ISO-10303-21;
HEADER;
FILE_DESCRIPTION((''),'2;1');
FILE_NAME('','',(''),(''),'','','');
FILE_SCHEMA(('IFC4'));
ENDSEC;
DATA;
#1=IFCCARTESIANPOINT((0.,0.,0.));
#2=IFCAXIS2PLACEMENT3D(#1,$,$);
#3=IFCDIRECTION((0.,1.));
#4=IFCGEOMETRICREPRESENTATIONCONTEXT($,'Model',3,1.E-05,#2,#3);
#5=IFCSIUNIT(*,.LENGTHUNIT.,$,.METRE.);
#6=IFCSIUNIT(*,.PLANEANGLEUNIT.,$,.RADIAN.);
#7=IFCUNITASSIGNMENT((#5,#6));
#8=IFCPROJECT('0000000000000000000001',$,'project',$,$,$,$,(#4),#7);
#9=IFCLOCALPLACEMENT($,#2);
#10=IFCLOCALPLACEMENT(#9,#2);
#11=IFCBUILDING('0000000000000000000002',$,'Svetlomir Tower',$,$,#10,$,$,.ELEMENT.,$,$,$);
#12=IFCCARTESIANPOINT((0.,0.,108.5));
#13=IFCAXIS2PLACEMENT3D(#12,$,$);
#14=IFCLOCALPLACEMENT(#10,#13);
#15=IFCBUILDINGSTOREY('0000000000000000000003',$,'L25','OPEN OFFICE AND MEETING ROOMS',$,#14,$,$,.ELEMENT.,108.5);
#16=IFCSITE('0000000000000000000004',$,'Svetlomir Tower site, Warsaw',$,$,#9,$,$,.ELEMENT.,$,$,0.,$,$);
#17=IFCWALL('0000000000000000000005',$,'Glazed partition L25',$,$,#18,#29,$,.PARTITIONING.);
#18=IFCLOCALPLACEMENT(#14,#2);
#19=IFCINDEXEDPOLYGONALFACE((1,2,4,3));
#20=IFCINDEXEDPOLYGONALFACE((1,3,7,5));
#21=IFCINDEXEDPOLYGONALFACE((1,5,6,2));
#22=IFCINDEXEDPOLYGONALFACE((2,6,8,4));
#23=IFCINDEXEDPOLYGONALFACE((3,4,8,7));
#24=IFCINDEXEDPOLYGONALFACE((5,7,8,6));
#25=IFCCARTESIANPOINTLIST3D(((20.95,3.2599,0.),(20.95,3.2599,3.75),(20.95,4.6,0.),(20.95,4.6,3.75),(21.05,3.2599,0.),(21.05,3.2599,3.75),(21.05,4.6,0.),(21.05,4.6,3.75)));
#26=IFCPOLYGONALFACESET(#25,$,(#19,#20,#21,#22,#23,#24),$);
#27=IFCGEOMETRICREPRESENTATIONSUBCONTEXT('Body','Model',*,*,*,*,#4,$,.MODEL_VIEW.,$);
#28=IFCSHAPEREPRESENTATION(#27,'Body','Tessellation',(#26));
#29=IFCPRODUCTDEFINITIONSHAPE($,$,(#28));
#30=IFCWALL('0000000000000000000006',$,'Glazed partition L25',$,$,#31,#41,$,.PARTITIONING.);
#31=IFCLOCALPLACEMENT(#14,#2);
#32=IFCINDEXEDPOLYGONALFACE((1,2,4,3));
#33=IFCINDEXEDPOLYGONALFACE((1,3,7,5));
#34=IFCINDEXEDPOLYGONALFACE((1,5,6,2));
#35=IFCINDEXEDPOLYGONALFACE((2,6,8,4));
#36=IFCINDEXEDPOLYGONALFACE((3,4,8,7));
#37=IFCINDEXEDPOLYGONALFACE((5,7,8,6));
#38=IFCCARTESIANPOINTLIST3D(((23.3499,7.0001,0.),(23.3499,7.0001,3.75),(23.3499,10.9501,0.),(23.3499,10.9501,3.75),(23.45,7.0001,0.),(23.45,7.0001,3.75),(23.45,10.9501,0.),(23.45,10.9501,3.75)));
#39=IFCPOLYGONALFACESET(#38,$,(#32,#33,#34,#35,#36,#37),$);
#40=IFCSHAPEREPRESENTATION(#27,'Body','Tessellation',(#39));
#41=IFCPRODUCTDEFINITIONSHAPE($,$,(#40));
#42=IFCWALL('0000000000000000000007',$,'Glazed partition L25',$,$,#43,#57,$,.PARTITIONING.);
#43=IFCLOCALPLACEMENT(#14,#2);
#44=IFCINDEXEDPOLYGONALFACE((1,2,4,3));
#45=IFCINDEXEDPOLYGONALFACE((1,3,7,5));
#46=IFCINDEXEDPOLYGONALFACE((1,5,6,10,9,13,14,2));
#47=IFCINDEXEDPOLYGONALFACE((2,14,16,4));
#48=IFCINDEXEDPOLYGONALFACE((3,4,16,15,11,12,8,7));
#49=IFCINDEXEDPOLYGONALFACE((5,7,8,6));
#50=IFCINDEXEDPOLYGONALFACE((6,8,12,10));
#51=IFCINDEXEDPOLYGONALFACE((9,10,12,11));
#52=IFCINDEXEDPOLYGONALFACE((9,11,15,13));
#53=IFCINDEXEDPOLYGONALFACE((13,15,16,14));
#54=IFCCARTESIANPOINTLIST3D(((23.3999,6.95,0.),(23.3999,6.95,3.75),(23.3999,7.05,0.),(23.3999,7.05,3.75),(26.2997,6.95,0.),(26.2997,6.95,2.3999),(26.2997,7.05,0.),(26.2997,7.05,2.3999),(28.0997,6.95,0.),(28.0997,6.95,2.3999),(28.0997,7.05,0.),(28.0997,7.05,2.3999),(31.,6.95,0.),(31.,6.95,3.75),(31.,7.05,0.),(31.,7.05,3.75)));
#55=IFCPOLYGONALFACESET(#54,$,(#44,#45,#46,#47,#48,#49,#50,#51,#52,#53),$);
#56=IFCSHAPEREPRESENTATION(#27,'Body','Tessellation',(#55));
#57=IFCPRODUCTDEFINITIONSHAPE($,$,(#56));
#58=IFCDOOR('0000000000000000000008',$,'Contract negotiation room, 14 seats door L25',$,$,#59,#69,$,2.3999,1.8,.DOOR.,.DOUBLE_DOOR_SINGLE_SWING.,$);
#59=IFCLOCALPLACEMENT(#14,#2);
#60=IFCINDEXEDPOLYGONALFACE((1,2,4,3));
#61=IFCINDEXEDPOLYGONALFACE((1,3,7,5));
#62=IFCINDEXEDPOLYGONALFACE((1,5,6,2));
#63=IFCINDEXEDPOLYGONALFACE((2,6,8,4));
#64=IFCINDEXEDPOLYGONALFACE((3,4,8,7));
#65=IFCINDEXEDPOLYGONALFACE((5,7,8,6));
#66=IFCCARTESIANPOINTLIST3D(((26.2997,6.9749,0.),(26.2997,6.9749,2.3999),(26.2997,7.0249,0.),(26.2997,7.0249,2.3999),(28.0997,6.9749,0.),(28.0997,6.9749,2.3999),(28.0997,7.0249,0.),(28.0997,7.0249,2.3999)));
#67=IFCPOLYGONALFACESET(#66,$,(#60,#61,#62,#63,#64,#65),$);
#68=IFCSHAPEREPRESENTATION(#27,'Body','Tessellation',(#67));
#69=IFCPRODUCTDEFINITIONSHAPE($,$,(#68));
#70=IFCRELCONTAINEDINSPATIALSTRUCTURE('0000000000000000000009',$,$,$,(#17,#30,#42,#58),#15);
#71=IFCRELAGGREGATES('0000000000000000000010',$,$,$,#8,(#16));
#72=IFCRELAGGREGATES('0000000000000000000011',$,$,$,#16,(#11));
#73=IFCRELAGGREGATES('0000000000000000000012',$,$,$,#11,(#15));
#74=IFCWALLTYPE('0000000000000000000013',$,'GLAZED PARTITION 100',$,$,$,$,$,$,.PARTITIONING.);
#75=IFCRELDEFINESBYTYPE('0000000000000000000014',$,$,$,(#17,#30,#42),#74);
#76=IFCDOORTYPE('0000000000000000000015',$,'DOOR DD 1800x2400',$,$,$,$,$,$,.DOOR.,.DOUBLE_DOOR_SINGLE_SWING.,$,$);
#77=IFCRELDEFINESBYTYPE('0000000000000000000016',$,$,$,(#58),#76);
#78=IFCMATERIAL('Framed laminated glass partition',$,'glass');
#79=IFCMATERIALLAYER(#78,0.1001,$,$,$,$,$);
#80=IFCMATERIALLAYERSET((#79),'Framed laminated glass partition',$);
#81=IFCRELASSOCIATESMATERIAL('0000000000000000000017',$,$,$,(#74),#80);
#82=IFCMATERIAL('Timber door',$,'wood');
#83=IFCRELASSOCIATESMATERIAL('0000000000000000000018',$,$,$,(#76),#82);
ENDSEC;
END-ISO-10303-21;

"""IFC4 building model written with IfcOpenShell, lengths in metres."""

from ifc_helpers import new_model, si_unit, direction, frame, frame_2d, origin, place, context, subcontext, project, spatial, rectangle, extrude, material, layer, layer_set, type_object, element, fill, save


model = new_model("IFC4")

# Units and contexts
model_context = context("Model", 3, precision=1e-05, world=origin(), true_north=direction((0.0, 1.0)))
body_context = subcontext(model_context, "Body", "Model", "MODEL_VIEW")
ifc_project = project(units=[si_unit("LENGTHUNIT", "METRE"), si_unit("PLANEANGLEUNIT", "RADIAN")], contexts=[model_context])

# Site, building, storey
site_placement = place(None, origin())
site = spatial("IfcSite", under=ifc_project, at=site_placement, Name="Svetlomir Tower site, Warsaw", CompositionType="ELEMENT", RefElevation=0.0)
building_placement = place(site_placement, origin())
building = spatial("IfcBuilding", under=site, at=building_placement, Name="Svetlomir Tower", CompositionType="ELEMENT")
storey_placement = place(building_placement, frame((0.0, 0.0, 108.5)))
storey = spatial("IfcBuildingStorey", under=building, at=storey_placement, Name="L25", Description="OPEN OFFICE AND MEETING ROOMS", CompositionType="ELEMENT", Elevation=108.5)

# Walls
ifc_material_1 = material(Name="Framed laminated glass partition", Category="glass")
ifc_layer_1 = layer(ifc_material_1, 0.1001)
ifc_layer_set_1 = layer_set([ifc_layer_1], Name="Framed laminated glass partition")
wall_type_1 = type_object("IfcWallType", Name="GLAZED PARTITION 100", PredefinedType="PARTITIONING", material=ifc_layer_set_1)
wall_1_placement = place(storey_placement, frame((21.0, 3.26, 0.0), z_axis=(0.0, 0.0, 1.0), x_axis=(0.0, 1.0, 0.0)))
element("IfcWall", 1, at=wall_1_placement, inside=storey, type_object=wall_type_1, Name="Glazed partition L25", PredefinedType="PARTITIONING", context=body_context, shape_type="SweptSolid", body=[
    extrude(rectangle(XDim=1.3401, YDim=0.1001, at=frame_2d((0.6699, 0.0))), origin(), (0.0, 0.0, 1.0), 3.75),
])
wall_2_placement = place(storey_placement, frame((23.3999, 7.0, 0.0), z_axis=(0.0, 0.0, 1.0), x_axis=(0.0, 1.0, 0.0)))
element("IfcWall", 2, at=wall_2_placement, inside=storey, type_object=wall_type_1, Name="Glazed partition L25", PredefinedType="PARTITIONING", context=body_context, shape_type="SweptSolid", body=[
    extrude(rectangle(XDim=3.95, YDim=0.1001, at=frame_2d((1.9751, 0.0))), origin(), (0.0, 0.0, 1.0), 3.75),
])

# Wall, opening, door
wall_3_placement = place(storey_placement, frame((23.3999, 7.0, 0.0), z_axis=(0.0, 0.0, 1.0), x_axis=(1.0, 0.0, 0.0)))
wall_3 = element("IfcWall", 3, at=wall_3_placement, inside=storey, type_object=wall_type_1, Name="Glazed partition L25", PredefinedType="PARTITIONING", context=body_context, shape_type="SweptSolid", body=[
    extrude(rectangle(XDim=7.6001, YDim=0.1001, at=frame_2d((3.8, 0.0))), origin(), (0.0, 0.0, 1.0), 3.75),
])
opening_1_placement = place(wall_3_placement, frame((2.8999, 0.0, 0.0)))
opening_1 = element("IfcOpeningElement", 4, at=opening_1_placement, cuts=wall_3, PredefinedType="OPENING", context=body_context, shape_type="SweptSolid", body=[
    extrude(rectangle(XDim=1.8, YDim=2.3999, at=frame_2d((0.8999, 1.2))), frame((0.0, 0.0601, 0.0), z_axis=(0.0, -1.0, 0.0), x_axis=(1.0, 0.0, 0.0)), (0.0, 0.0, 1.0), 0.1201),
])
ifc_material_2 = material(Name="Timber door", Category="wood")
door_type_1 = type_object("IfcDoorType", Name="DOOR DD 1800x2400", OperationType="DOUBLE_DOOR_SINGLE_SWING", PredefinedType="DOOR", material=ifc_material_2)
door_1_placement = place(opening_1_placement, origin())
door_1 = element("IfcDoor", 5, at=door_1_placement, inside=storey, type_object=door_type_1, Name="Contract negotiation room, 14 seats door L25", OperationType="DOUBLE_DOOR_SINGLE_SWING", OverallHeight=2.3999, OverallWidth=1.8, PredefinedType="DOOR", context=body_context, shape_type="SweptSolid", body=[
    extrude(rectangle(XDim=1.8, YDim=2.3999, at=frame_2d((0.8999, 1.2))), frame((0.0, 0.0249, 0.0), z_axis=(0.0, -1.0, 0.0), x_axis=(1.0, 0.0, 0.0)), (0.0, 0.0, 1.0), 0.05),
])
fill(opening_1, door_1)

save(model, "model.ifc")
